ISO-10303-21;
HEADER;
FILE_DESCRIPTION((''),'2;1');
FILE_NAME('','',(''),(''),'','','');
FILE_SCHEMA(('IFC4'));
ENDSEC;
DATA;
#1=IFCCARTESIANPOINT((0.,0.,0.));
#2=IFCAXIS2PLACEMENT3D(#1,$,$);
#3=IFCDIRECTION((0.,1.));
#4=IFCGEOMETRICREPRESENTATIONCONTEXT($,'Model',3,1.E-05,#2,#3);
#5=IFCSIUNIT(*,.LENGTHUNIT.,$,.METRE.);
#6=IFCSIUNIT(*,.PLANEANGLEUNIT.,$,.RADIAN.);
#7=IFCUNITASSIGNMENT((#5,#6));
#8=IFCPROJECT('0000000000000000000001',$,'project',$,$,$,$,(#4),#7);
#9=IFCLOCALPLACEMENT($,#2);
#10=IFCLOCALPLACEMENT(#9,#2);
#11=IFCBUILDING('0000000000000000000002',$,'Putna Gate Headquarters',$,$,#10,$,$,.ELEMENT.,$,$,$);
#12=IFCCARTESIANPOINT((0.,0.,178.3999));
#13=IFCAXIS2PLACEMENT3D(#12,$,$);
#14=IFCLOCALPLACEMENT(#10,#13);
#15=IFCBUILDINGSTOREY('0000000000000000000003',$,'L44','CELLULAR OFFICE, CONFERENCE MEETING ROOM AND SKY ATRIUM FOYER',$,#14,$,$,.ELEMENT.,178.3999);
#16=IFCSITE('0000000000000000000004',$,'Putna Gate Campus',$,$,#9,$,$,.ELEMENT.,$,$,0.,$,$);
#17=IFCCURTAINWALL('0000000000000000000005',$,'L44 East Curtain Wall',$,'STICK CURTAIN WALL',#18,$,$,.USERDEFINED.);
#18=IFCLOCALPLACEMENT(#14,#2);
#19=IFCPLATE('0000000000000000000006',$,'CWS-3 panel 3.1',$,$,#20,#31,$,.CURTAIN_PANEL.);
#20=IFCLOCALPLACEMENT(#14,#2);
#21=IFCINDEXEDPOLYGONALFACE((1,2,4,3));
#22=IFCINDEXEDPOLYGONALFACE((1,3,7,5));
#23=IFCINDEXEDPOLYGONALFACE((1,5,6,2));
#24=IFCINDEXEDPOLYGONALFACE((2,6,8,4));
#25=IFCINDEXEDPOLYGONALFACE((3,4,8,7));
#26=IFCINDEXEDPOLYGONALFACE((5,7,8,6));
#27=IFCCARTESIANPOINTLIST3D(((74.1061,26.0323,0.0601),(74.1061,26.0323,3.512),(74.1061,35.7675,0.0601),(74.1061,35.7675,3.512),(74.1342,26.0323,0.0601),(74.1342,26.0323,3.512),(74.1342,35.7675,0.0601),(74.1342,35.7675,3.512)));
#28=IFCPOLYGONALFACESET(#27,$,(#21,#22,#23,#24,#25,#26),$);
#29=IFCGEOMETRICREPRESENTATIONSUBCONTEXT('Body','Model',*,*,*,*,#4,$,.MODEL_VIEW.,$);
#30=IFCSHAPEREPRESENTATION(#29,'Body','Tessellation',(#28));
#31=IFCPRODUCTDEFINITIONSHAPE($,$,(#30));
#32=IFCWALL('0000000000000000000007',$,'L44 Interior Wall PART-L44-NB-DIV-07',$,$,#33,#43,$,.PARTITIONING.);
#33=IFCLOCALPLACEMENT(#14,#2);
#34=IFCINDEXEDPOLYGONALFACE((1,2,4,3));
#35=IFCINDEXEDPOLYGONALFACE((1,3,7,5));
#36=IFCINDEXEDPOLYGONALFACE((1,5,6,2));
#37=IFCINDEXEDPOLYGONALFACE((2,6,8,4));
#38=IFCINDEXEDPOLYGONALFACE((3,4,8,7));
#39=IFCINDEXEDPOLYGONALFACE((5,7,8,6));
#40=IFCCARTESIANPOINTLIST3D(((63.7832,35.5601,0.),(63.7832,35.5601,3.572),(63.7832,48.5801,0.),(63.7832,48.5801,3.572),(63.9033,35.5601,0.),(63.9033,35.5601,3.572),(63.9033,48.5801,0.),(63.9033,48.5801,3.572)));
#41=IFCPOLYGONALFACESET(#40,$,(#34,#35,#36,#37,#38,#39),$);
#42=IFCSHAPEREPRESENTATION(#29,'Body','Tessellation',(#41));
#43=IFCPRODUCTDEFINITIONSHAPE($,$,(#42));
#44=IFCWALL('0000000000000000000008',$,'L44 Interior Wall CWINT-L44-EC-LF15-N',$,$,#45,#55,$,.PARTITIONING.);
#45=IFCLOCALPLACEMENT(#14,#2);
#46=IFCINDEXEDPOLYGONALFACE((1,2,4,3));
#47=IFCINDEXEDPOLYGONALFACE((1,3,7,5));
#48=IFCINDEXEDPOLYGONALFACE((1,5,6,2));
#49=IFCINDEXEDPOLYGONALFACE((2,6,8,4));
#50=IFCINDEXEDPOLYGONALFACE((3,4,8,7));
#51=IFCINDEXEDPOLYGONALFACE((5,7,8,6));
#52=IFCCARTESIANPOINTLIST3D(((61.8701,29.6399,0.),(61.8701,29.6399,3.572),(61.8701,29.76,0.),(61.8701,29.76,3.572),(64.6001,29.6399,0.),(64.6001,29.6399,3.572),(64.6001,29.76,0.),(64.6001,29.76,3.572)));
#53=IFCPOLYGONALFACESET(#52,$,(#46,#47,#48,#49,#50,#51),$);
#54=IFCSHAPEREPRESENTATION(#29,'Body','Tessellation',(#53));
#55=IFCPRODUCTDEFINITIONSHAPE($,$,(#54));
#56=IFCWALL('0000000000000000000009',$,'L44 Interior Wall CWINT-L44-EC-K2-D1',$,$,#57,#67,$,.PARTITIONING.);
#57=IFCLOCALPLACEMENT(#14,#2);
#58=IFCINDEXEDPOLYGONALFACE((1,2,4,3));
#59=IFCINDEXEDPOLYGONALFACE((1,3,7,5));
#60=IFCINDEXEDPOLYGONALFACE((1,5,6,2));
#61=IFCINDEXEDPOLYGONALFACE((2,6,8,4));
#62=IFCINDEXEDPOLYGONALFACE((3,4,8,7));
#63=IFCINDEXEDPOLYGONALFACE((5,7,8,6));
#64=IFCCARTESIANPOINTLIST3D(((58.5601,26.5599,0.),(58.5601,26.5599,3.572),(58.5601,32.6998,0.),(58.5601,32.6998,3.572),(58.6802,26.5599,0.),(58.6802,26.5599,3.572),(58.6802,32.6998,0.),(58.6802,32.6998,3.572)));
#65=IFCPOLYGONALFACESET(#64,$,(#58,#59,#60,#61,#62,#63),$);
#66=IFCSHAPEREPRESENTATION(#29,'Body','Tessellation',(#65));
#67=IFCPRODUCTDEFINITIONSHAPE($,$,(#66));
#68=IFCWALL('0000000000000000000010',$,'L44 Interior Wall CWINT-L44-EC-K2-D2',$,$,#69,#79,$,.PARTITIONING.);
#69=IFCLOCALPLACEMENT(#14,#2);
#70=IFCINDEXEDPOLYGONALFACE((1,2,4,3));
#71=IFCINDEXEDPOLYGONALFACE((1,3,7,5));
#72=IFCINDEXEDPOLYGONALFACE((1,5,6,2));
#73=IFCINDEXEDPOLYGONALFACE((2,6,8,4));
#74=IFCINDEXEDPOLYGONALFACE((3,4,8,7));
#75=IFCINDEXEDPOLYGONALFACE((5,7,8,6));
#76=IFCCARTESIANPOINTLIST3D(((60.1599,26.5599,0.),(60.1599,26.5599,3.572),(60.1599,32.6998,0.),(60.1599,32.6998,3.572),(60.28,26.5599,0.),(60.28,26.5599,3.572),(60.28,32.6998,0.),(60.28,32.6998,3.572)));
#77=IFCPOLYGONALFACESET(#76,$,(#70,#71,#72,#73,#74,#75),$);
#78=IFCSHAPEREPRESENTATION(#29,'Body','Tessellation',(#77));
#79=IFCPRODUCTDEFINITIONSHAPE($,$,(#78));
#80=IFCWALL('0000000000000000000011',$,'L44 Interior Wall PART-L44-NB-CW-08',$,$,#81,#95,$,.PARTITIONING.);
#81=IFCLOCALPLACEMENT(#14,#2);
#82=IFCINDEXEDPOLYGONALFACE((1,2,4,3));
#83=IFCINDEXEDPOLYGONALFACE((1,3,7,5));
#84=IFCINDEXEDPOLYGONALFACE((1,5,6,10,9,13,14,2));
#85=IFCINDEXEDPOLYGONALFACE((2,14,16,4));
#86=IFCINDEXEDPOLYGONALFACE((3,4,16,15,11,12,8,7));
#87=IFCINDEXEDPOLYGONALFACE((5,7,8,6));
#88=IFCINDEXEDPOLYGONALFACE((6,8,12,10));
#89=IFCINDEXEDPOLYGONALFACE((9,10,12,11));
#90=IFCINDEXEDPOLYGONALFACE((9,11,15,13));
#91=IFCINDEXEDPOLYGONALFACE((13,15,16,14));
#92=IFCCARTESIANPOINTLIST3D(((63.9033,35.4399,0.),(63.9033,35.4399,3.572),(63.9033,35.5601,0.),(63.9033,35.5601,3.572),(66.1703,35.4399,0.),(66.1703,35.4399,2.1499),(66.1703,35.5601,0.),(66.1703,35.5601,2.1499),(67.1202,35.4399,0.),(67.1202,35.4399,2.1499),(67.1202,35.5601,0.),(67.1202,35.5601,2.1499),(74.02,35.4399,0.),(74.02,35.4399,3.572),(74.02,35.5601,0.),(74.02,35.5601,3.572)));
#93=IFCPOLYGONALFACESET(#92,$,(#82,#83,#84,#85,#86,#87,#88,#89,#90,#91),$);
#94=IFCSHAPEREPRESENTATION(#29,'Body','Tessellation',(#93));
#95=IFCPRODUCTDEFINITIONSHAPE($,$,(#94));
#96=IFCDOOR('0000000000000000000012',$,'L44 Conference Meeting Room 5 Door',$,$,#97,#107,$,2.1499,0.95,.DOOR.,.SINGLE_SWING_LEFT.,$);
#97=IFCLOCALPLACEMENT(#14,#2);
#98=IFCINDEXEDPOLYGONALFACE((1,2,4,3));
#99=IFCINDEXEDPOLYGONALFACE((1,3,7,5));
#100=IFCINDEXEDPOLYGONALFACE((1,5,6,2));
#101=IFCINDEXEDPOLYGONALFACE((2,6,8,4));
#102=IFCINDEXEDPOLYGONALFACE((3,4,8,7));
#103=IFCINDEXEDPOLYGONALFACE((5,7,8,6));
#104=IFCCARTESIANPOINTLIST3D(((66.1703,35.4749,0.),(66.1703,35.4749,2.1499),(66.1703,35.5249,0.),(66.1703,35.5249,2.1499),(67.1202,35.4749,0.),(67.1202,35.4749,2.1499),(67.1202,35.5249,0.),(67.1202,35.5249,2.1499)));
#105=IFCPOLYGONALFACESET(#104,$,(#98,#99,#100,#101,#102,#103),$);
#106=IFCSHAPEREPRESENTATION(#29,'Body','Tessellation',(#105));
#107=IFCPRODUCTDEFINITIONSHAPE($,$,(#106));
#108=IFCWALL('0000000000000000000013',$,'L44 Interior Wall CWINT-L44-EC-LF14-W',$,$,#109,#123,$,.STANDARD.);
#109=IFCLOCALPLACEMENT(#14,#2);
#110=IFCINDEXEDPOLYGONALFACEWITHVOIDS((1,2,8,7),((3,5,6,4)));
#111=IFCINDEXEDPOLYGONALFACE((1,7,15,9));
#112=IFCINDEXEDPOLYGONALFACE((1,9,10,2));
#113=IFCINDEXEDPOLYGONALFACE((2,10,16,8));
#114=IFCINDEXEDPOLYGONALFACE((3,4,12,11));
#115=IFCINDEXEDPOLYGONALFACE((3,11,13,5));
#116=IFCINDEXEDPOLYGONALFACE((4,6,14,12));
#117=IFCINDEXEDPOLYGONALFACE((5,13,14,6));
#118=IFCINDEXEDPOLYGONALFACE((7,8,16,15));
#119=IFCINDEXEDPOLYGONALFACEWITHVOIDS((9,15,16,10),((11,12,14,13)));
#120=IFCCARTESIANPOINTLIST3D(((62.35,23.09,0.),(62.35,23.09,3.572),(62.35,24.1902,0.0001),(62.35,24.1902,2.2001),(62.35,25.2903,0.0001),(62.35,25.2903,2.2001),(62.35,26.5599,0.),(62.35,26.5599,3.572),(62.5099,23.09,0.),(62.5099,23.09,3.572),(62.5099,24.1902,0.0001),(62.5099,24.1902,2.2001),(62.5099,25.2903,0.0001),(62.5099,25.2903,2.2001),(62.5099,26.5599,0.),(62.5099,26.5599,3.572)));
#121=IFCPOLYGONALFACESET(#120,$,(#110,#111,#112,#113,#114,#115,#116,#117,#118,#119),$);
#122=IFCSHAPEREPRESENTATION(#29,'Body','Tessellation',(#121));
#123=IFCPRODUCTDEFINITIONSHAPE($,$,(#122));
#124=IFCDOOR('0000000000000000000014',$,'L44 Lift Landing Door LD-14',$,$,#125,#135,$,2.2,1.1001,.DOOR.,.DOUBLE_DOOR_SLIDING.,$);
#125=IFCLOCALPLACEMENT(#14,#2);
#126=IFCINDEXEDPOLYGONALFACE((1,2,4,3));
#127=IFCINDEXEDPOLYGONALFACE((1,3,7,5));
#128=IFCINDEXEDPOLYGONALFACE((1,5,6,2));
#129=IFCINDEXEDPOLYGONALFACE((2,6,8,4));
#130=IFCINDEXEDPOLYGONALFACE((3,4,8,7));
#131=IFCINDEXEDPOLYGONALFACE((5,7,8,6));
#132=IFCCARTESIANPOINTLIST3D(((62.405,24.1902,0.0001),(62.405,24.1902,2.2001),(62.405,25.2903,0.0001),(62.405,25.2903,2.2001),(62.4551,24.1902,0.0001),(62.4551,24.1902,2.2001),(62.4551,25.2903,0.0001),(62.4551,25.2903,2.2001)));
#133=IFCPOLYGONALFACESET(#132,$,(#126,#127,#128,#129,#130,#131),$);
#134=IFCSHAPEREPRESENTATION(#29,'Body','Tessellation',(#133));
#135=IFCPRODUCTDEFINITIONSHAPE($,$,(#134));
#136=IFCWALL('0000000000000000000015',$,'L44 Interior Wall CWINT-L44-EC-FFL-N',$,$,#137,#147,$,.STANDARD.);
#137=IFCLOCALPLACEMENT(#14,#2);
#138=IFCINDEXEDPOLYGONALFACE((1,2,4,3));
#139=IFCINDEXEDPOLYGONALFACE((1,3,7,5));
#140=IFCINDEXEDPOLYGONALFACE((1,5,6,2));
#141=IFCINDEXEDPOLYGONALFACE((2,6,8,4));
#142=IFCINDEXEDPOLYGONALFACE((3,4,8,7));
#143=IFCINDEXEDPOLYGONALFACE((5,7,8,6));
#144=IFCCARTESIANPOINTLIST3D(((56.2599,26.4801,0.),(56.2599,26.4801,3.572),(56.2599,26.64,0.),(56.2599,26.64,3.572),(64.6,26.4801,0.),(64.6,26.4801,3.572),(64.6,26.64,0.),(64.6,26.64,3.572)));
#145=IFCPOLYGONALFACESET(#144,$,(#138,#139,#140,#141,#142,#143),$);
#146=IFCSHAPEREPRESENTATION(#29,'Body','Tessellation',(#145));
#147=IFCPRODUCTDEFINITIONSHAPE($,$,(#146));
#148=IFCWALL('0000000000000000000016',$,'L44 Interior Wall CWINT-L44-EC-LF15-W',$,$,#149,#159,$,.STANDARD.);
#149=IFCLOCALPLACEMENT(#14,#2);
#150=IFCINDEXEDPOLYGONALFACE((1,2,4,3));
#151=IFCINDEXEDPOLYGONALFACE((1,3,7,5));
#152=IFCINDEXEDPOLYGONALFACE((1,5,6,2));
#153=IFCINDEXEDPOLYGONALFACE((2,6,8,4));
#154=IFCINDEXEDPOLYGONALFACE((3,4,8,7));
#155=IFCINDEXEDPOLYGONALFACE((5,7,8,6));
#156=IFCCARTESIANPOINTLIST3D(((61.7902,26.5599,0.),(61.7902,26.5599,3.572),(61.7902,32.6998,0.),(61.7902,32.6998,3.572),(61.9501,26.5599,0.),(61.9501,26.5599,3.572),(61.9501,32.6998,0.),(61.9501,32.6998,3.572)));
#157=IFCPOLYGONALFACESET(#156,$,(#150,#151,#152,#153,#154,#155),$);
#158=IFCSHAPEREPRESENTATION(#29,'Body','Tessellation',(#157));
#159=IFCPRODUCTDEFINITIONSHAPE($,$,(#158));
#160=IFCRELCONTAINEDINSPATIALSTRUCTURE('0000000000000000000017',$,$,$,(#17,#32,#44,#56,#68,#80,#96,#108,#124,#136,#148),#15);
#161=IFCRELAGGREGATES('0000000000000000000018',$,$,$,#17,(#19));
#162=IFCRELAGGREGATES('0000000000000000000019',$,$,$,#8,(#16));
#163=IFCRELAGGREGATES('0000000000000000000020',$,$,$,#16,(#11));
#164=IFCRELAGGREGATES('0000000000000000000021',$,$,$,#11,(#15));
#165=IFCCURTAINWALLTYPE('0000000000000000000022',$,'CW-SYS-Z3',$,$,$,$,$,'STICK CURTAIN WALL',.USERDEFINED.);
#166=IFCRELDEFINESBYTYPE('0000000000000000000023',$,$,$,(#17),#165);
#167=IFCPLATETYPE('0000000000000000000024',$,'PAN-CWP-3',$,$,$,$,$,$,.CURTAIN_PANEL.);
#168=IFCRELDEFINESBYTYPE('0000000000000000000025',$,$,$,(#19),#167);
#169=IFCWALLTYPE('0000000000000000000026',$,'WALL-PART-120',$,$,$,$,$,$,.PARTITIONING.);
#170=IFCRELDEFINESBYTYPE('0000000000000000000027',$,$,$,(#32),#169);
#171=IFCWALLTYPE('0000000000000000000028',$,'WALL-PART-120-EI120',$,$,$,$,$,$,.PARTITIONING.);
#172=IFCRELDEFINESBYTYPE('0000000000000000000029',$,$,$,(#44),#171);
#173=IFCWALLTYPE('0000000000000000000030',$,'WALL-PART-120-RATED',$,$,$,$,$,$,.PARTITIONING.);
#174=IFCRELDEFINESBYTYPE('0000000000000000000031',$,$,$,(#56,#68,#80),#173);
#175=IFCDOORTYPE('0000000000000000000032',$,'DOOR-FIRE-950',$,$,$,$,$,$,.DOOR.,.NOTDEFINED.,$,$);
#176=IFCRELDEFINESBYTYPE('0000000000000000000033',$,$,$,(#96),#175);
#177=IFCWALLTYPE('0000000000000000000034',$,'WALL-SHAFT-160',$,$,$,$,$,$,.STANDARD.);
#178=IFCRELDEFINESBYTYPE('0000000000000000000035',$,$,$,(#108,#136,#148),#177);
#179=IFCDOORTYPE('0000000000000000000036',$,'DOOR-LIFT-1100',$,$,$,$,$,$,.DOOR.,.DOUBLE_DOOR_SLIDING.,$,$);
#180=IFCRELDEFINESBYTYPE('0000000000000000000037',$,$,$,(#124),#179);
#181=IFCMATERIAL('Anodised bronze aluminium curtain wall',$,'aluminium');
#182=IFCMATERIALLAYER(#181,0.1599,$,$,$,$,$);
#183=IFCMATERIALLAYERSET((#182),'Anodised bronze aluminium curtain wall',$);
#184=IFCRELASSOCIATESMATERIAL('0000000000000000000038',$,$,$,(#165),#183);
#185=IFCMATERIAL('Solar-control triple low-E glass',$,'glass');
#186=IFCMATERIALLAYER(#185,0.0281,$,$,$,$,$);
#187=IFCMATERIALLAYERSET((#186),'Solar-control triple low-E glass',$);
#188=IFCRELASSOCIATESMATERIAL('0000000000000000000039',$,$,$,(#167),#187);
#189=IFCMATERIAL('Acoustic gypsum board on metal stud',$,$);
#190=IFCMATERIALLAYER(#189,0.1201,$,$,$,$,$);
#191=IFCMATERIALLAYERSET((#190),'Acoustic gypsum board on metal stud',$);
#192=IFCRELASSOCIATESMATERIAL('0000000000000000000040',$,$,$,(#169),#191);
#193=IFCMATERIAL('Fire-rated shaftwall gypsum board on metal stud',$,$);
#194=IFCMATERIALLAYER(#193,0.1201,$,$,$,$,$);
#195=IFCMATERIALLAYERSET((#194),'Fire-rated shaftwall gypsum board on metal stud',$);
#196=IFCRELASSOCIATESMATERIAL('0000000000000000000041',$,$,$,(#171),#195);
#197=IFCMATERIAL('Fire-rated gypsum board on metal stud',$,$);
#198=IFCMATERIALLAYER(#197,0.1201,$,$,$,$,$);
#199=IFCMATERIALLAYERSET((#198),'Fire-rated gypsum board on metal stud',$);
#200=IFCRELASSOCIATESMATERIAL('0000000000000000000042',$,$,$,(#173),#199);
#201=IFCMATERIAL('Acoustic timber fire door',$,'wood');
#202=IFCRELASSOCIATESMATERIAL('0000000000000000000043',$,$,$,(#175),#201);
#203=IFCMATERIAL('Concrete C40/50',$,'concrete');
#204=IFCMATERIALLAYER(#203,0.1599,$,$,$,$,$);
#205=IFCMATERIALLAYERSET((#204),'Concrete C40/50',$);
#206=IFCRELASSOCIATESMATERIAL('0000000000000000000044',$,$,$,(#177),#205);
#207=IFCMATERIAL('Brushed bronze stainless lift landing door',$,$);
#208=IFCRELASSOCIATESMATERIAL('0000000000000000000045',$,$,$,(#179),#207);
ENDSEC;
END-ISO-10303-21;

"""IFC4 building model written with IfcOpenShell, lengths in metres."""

from ifc_helpers import new_model, si_unit, direction, frame, frame_2d, origin, origin_2d, place, context, subcontext, project, spatial, rectangle, extrude, material, layer, layer_set, type_object, element, fill, aggregate, save


model = new_model("IFC4")

# Units and contexts
model_context = context("Model", 3, precision=1e-05, world=origin(), true_north=direction((0.0, 1.0)))
body_context = subcontext(model_context, "Body", "Model", "MODEL_VIEW")
ifc_project = project(units=[si_unit("LENGTHUNIT", "METRE"), si_unit("PLANEANGLEUNIT", "RADIAN")], contexts=[model_context])

# Site, building, storey
site_placement = place(None, origin())
site = spatial("IfcSite", under=ifc_project, at=site_placement, Name="Putna Gate Campus", CompositionType="ELEMENT", RefElevation=0.0)
building_placement = place(site_placement, origin())
building = spatial("IfcBuilding", under=site, at=building_placement, Name="Putna Gate Headquarters", CompositionType="ELEMENT")
storey_placement = place(building_placement, frame((0.0, 0.0, 178.3999)))
storey = spatial("IfcBuildingStorey", under=building, at=storey_placement, Name="L44", Description="CELLULAR OFFICE, CONFERENCE MEETING ROOM AND SKY ATRIUM FOYER", CompositionType="ELEMENT", Elevation=178.3999)

# Curtain wall, plate
ifc_material_1 = material(Name="Anodised bronze aluminium curtain wall", Category="aluminium")
ifc_layer_1 = layer(ifc_material_1, 0.1599)
ifc_layer_set_1 = layer_set([ifc_layer_1], Name="Anodised bronze aluminium curtain wall")
curtain_wall_type = type_object("IfcCurtainWallType", Name="CW-SYS-Z3", ElementType="STICK CURTAIN WALL", PredefinedType="USERDEFINED", material=ifc_layer_set_1)
curtain_wall_placement = place(storey_placement, origin())
curtain_wall = element("IfcCurtainWall", 1, at=curtain_wall_placement, inside=storey, type_object=curtain_wall_type, Name="L44 East Curtain Wall", ObjectType="STICK CURTAIN WALL", PredefinedType="USERDEFINED")
ifc_material_2 = material(Name="Solar-control triple low-E glass", Category="glass")
ifc_layer_2 = layer(ifc_material_2, 0.0281)
ifc_layer_set_2 = layer_set([ifc_layer_2], Name="Solar-control triple low-E glass")
plate_type = type_object("IfcPlateType", Name="PAN-CWP-3", PredefinedType="CURTAIN_PANEL", material=ifc_layer_set_2)
plate_placement = place(storey_placement, frame((74.1201, 30.8999, 0.0601), z_axis=(0.0, 0.0, 1.0), x_axis=(0.0, 1.0, 0.0)))
plate = element("IfcPlate", 2, at=plate_placement, type_object=plate_type, Name="CWS-3 panel 3.1", PredefinedType="CURTAIN_PANEL", context=body_context, shape_type="SweptSolid", body=[
    extrude(rectangle(XDim=9.7351, YDim=0.0281, at=origin_2d()), origin(), (0.0, 0.0, 1.0), 3.4519),
])
aggregate(curtain_wall, [plate])

# Walls
ifc_material_3 = material(Name="Acoustic gypsum board on metal stud")
ifc_layer_3 = layer(ifc_material_3, 0.1201)
ifc_layer_set_3 = layer_set([ifc_layer_3], Name="Acoustic gypsum board on metal stud")
wall_type_1 = type_object("IfcWallType", Name="WALL-PART-120", PredefinedType="PARTITIONING", material=ifc_layer_set_3)
wall_1_placement = place(storey_placement, frame((63.8433, 35.5601, 0.0), z_axis=(0.0, 0.0, 1.0), x_axis=(0.0, 1.0, 0.0)))
element("IfcWall", 3, at=wall_1_placement, inside=storey, type_object=wall_type_1, Name="L44 Interior Wall PART-L44-NB-DIV-07", PredefinedType="PARTITIONING", context=body_context, shape_type="SweptSolid", body=[
    extrude(rectangle(XDim=13.02, YDim=0.1201, at=frame_2d((6.51, 0.0))), origin(), (0.0, 0.0, 1.0), 3.572),
])
ifc_material_4 = material(Name="Fire-rated shaftwall gypsum board on metal stud")
ifc_layer_4 = layer(ifc_material_4, 0.1201)
ifc_layer_set_4 = layer_set([ifc_layer_4], Name="Fire-rated shaftwall gypsum board on metal stud")
wall_type_2 = type_object("IfcWallType", Name="WALL-PART-120-EI120", PredefinedType="PARTITIONING", material=ifc_layer_set_4)
wall_2_placement = place(storey_placement, frame((61.8701, 29.7, 0.0), z_axis=(0.0, 0.0, 1.0), x_axis=(1.0, 0.0, 0.0)))
element("IfcWall", 4, at=wall_2_placement, inside=storey, type_object=wall_type_2, Name="L44 Interior Wall CWINT-L44-EC-LF15-N", PredefinedType="PARTITIONING", context=body_context, shape_type="SweptSolid", body=[
    extrude(rectangle(XDim=2.73, YDim=0.1201, at=frame_2d((1.365, 0.0))), origin(), (0.0, 0.0, 1.0), 3.572),
])
ifc_material_5 = material(Name="Fire-rated gypsum board on metal stud")
ifc_layer_5 = layer(ifc_material_5, 0.1201)
ifc_layer_set_5 = layer_set([ifc_layer_5], Name="Fire-rated gypsum board on metal stud")
wall_type_3 = type_object("IfcWallType", Name="WALL-PART-120-RATED", PredefinedType="PARTITIONING", material=ifc_layer_set_5)
for number, where, z_axis, x_axis, name in (
    (5, (58.6201, 26.5601, 0.0), (0.0, 0.0, 1.0), (0.0, 1.0, 0.0), "L44 Interior Wall CWINT-L44-EC-K2-D1"),
    (6, (60.22, 26.5601, 0.0), (0.0, 0.0, 1.0), (0.0, 1.0, 0.0), "L44 Interior Wall CWINT-L44-EC-K2-D2"),
):
    element("IfcWall", number, at=place(storey_placement, frame(where, z_axis=z_axis, x_axis=x_axis)), inside=storey, type_object=wall_type_3, Name=name, PredefinedType="PARTITIONING", context=body_context, shape_type="SweptSolid", body=[
        extrude(rectangle(XDim=6.1399, YDim=0.1201, at=frame_2d((3.0698, 0.0))), origin(), (0.0, 0.0, 1.0), 3.572),
    ])

# Walls, openings, doors
wall_3_placement = place(storey_placement, frame((63.9033, 35.5, 0.0), z_axis=(0.0, 0.0, 1.0), x_axis=(1.0, 0.0, 0.0)))
wall_3 = element("IfcWall", 7, at=wall_3_placement, inside=storey, type_object=wall_type_3, Name="L44 Interior Wall PART-L44-NB-CW-08", PredefinedType="PARTITIONING", context=body_context, shape_type="SweptSolid", body=[
    extrude(rectangle(XDim=10.1167, YDim=0.1201, at=frame_2d((5.0583, 0.0))), origin(), (0.0, 0.0, 1.0), 3.572),
])
opening_1_placement = place(wall_3_placement, frame((2.2668, 0.0, 0.0)))
opening_1 = element("IfcOpeningElement", 8, at=opening_1_placement, cuts=wall_3, PredefinedType="OPENING", context=body_context, shape_type="SweptSolid", body=[
    extrude(rectangle(XDim=0.95, YDim=2.1499, at=frame_2d((0.4751, 1.075))), frame((0.0, 0.0701, 0.0), z_axis=(0.0, -1.0, 0.0), x_axis=(1.0, 0.0, 0.0)), (0.0, 0.0, 1.0), 0.1401),
])
ifc_material_6 = material(Name="Acoustic timber fire door", Category="wood")
door_type_1 = type_object("IfcDoorType", Name="DOOR-FIRE-950", OperationType="NOTDEFINED", PredefinedType="DOOR", material=ifc_material_6)
door_1_placement = place(opening_1_placement, origin())
door_1 = element("IfcDoor", 9, at=door_1_placement, inside=storey, type_object=door_type_1, Name="L44 Conference Meeting Room 5 Door", OperationType="SINGLE_SWING_LEFT", OverallHeight=2.1499, OverallWidth=0.95, PredefinedType="DOOR", context=body_context, shape_type="SweptSolid", body=[
    extrude(rectangle(XDim=0.95, YDim=2.1499, at=frame_2d((0.4751, 1.075))), frame((0.0, 0.0249, 0.0), z_axis=(0.0, -1.0, 0.0), x_axis=(1.0, 0.0, 0.0)), (0.0, 0.0, 1.0), 0.05),
])
fill(opening_1, door_1)
ifc_material_7 = material(Name="Concrete C40/50", Category="concrete")
ifc_layer_6 = layer(ifc_material_7, 0.1599)
ifc_layer_set_6 = layer_set([ifc_layer_6], Name="Concrete C40/50")
wall_type_4 = type_object("IfcWallType", Name="WALL-SHAFT-160", PredefinedType="STANDARD", material=ifc_layer_set_6)
wall_4_placement = place(storey_placement, frame((62.4299, 23.0901, 0.0), z_axis=(0.0, 0.0, 1.0), x_axis=(0.0, 1.0, 0.0)))
wall_4 = element("IfcWall", 10, at=wall_4_placement, inside=storey, type_object=wall_type_4, Name="L44 Interior Wall CWINT-L44-EC-LF14-W", PredefinedType="STANDARD", context=body_context, shape_type="SweptSolid", body=[
    extrude(rectangle(XDim=3.47, YDim=0.1599, at=frame_2d((1.7349, 0.0))), origin(), (0.0, 0.0, 1.0), 3.572),
])
opening_2_placement = place(wall_4_placement, frame((1.1001, 0.0, 0.0)))
opening_2 = element("IfcOpeningElement", 11, at=opening_2_placement, cuts=wall_4, PredefinedType="OPENING", context=body_context, shape_type="SweptSolid", body=[
    extrude(rectangle(XDim=1.1001, YDim=2.2, at=frame_2d((0.55, 1.1001))), frame((0.0, 0.0898, 0.0), z_axis=(0.0, -1.0, 0.0), x_axis=(1.0, 0.0, 0.0)), (0.0, 0.0, 1.0), 0.1799),
])
ifc_material_8 = material(Name="Brushed bronze stainless lift landing door")
door_type_2 = type_object("IfcDoorType", Name="DOOR-LIFT-1100", OperationType="DOUBLE_DOOR_SLIDING", PredefinedType="DOOR", material=ifc_material_8)
door_2_placement = place(opening_2_placement, origin())
door_2 = element("IfcDoor", 12, at=door_2_placement, inside=storey, type_object=door_type_2, Name="L44 Lift Landing Door LD-14", OperationType="DOUBLE_DOOR_SLIDING", OverallHeight=2.2, OverallWidth=1.1001, PredefinedType="DOOR", context=body_context, shape_type="SweptSolid", body=[
    extrude(rectangle(XDim=1.1001, YDim=2.2, at=frame_2d((0.55, 1.1001))), frame((0.0, 0.0249, 0.0), z_axis=(0.0, -1.0, 0.0), x_axis=(1.0, 0.0, 0.0)), (0.0, 0.0, 1.0), 0.05),
])
fill(opening_2, door_2)

# Walls
wall_5_placement = place(storey_placement, frame((56.26, 26.5601, 0.0), z_axis=(0.0, 0.0, 1.0), x_axis=(1.0, 0.0, 0.0)))
element("IfcWall", 13, at=wall_5_placement, inside=storey, type_object=wall_type_4, Name="L44 Interior Wall CWINT-L44-EC-FFL-N", PredefinedType="STANDARD", context=body_context, shape_type="SweptSolid", body=[
    extrude(rectangle(XDim=8.3401, YDim=0.1599, at=frame_2d((4.1699, 0.0))), origin(), (0.0, 0.0, 1.0), 3.572),
])
wall_6_placement = place(storey_placement, frame((61.8701, 26.5601, 0.0), z_axis=(0.0, 0.0, 1.0), x_axis=(0.0, 1.0, 0.0)))
element("IfcWall", 14, at=wall_6_placement, inside=storey, type_object=wall_type_4, Name="L44 Interior Wall CWINT-L44-EC-LF15-W", PredefinedType="STANDARD", context=body_context, shape_type="SweptSolid", body=[
    extrude(rectangle(XDim=6.1399, YDim=0.1599, at=frame_2d((3.0698, 0.0))), origin(), (0.0, 0.0, 1.0), 3.572),
])

save(model, "model.ifc")
